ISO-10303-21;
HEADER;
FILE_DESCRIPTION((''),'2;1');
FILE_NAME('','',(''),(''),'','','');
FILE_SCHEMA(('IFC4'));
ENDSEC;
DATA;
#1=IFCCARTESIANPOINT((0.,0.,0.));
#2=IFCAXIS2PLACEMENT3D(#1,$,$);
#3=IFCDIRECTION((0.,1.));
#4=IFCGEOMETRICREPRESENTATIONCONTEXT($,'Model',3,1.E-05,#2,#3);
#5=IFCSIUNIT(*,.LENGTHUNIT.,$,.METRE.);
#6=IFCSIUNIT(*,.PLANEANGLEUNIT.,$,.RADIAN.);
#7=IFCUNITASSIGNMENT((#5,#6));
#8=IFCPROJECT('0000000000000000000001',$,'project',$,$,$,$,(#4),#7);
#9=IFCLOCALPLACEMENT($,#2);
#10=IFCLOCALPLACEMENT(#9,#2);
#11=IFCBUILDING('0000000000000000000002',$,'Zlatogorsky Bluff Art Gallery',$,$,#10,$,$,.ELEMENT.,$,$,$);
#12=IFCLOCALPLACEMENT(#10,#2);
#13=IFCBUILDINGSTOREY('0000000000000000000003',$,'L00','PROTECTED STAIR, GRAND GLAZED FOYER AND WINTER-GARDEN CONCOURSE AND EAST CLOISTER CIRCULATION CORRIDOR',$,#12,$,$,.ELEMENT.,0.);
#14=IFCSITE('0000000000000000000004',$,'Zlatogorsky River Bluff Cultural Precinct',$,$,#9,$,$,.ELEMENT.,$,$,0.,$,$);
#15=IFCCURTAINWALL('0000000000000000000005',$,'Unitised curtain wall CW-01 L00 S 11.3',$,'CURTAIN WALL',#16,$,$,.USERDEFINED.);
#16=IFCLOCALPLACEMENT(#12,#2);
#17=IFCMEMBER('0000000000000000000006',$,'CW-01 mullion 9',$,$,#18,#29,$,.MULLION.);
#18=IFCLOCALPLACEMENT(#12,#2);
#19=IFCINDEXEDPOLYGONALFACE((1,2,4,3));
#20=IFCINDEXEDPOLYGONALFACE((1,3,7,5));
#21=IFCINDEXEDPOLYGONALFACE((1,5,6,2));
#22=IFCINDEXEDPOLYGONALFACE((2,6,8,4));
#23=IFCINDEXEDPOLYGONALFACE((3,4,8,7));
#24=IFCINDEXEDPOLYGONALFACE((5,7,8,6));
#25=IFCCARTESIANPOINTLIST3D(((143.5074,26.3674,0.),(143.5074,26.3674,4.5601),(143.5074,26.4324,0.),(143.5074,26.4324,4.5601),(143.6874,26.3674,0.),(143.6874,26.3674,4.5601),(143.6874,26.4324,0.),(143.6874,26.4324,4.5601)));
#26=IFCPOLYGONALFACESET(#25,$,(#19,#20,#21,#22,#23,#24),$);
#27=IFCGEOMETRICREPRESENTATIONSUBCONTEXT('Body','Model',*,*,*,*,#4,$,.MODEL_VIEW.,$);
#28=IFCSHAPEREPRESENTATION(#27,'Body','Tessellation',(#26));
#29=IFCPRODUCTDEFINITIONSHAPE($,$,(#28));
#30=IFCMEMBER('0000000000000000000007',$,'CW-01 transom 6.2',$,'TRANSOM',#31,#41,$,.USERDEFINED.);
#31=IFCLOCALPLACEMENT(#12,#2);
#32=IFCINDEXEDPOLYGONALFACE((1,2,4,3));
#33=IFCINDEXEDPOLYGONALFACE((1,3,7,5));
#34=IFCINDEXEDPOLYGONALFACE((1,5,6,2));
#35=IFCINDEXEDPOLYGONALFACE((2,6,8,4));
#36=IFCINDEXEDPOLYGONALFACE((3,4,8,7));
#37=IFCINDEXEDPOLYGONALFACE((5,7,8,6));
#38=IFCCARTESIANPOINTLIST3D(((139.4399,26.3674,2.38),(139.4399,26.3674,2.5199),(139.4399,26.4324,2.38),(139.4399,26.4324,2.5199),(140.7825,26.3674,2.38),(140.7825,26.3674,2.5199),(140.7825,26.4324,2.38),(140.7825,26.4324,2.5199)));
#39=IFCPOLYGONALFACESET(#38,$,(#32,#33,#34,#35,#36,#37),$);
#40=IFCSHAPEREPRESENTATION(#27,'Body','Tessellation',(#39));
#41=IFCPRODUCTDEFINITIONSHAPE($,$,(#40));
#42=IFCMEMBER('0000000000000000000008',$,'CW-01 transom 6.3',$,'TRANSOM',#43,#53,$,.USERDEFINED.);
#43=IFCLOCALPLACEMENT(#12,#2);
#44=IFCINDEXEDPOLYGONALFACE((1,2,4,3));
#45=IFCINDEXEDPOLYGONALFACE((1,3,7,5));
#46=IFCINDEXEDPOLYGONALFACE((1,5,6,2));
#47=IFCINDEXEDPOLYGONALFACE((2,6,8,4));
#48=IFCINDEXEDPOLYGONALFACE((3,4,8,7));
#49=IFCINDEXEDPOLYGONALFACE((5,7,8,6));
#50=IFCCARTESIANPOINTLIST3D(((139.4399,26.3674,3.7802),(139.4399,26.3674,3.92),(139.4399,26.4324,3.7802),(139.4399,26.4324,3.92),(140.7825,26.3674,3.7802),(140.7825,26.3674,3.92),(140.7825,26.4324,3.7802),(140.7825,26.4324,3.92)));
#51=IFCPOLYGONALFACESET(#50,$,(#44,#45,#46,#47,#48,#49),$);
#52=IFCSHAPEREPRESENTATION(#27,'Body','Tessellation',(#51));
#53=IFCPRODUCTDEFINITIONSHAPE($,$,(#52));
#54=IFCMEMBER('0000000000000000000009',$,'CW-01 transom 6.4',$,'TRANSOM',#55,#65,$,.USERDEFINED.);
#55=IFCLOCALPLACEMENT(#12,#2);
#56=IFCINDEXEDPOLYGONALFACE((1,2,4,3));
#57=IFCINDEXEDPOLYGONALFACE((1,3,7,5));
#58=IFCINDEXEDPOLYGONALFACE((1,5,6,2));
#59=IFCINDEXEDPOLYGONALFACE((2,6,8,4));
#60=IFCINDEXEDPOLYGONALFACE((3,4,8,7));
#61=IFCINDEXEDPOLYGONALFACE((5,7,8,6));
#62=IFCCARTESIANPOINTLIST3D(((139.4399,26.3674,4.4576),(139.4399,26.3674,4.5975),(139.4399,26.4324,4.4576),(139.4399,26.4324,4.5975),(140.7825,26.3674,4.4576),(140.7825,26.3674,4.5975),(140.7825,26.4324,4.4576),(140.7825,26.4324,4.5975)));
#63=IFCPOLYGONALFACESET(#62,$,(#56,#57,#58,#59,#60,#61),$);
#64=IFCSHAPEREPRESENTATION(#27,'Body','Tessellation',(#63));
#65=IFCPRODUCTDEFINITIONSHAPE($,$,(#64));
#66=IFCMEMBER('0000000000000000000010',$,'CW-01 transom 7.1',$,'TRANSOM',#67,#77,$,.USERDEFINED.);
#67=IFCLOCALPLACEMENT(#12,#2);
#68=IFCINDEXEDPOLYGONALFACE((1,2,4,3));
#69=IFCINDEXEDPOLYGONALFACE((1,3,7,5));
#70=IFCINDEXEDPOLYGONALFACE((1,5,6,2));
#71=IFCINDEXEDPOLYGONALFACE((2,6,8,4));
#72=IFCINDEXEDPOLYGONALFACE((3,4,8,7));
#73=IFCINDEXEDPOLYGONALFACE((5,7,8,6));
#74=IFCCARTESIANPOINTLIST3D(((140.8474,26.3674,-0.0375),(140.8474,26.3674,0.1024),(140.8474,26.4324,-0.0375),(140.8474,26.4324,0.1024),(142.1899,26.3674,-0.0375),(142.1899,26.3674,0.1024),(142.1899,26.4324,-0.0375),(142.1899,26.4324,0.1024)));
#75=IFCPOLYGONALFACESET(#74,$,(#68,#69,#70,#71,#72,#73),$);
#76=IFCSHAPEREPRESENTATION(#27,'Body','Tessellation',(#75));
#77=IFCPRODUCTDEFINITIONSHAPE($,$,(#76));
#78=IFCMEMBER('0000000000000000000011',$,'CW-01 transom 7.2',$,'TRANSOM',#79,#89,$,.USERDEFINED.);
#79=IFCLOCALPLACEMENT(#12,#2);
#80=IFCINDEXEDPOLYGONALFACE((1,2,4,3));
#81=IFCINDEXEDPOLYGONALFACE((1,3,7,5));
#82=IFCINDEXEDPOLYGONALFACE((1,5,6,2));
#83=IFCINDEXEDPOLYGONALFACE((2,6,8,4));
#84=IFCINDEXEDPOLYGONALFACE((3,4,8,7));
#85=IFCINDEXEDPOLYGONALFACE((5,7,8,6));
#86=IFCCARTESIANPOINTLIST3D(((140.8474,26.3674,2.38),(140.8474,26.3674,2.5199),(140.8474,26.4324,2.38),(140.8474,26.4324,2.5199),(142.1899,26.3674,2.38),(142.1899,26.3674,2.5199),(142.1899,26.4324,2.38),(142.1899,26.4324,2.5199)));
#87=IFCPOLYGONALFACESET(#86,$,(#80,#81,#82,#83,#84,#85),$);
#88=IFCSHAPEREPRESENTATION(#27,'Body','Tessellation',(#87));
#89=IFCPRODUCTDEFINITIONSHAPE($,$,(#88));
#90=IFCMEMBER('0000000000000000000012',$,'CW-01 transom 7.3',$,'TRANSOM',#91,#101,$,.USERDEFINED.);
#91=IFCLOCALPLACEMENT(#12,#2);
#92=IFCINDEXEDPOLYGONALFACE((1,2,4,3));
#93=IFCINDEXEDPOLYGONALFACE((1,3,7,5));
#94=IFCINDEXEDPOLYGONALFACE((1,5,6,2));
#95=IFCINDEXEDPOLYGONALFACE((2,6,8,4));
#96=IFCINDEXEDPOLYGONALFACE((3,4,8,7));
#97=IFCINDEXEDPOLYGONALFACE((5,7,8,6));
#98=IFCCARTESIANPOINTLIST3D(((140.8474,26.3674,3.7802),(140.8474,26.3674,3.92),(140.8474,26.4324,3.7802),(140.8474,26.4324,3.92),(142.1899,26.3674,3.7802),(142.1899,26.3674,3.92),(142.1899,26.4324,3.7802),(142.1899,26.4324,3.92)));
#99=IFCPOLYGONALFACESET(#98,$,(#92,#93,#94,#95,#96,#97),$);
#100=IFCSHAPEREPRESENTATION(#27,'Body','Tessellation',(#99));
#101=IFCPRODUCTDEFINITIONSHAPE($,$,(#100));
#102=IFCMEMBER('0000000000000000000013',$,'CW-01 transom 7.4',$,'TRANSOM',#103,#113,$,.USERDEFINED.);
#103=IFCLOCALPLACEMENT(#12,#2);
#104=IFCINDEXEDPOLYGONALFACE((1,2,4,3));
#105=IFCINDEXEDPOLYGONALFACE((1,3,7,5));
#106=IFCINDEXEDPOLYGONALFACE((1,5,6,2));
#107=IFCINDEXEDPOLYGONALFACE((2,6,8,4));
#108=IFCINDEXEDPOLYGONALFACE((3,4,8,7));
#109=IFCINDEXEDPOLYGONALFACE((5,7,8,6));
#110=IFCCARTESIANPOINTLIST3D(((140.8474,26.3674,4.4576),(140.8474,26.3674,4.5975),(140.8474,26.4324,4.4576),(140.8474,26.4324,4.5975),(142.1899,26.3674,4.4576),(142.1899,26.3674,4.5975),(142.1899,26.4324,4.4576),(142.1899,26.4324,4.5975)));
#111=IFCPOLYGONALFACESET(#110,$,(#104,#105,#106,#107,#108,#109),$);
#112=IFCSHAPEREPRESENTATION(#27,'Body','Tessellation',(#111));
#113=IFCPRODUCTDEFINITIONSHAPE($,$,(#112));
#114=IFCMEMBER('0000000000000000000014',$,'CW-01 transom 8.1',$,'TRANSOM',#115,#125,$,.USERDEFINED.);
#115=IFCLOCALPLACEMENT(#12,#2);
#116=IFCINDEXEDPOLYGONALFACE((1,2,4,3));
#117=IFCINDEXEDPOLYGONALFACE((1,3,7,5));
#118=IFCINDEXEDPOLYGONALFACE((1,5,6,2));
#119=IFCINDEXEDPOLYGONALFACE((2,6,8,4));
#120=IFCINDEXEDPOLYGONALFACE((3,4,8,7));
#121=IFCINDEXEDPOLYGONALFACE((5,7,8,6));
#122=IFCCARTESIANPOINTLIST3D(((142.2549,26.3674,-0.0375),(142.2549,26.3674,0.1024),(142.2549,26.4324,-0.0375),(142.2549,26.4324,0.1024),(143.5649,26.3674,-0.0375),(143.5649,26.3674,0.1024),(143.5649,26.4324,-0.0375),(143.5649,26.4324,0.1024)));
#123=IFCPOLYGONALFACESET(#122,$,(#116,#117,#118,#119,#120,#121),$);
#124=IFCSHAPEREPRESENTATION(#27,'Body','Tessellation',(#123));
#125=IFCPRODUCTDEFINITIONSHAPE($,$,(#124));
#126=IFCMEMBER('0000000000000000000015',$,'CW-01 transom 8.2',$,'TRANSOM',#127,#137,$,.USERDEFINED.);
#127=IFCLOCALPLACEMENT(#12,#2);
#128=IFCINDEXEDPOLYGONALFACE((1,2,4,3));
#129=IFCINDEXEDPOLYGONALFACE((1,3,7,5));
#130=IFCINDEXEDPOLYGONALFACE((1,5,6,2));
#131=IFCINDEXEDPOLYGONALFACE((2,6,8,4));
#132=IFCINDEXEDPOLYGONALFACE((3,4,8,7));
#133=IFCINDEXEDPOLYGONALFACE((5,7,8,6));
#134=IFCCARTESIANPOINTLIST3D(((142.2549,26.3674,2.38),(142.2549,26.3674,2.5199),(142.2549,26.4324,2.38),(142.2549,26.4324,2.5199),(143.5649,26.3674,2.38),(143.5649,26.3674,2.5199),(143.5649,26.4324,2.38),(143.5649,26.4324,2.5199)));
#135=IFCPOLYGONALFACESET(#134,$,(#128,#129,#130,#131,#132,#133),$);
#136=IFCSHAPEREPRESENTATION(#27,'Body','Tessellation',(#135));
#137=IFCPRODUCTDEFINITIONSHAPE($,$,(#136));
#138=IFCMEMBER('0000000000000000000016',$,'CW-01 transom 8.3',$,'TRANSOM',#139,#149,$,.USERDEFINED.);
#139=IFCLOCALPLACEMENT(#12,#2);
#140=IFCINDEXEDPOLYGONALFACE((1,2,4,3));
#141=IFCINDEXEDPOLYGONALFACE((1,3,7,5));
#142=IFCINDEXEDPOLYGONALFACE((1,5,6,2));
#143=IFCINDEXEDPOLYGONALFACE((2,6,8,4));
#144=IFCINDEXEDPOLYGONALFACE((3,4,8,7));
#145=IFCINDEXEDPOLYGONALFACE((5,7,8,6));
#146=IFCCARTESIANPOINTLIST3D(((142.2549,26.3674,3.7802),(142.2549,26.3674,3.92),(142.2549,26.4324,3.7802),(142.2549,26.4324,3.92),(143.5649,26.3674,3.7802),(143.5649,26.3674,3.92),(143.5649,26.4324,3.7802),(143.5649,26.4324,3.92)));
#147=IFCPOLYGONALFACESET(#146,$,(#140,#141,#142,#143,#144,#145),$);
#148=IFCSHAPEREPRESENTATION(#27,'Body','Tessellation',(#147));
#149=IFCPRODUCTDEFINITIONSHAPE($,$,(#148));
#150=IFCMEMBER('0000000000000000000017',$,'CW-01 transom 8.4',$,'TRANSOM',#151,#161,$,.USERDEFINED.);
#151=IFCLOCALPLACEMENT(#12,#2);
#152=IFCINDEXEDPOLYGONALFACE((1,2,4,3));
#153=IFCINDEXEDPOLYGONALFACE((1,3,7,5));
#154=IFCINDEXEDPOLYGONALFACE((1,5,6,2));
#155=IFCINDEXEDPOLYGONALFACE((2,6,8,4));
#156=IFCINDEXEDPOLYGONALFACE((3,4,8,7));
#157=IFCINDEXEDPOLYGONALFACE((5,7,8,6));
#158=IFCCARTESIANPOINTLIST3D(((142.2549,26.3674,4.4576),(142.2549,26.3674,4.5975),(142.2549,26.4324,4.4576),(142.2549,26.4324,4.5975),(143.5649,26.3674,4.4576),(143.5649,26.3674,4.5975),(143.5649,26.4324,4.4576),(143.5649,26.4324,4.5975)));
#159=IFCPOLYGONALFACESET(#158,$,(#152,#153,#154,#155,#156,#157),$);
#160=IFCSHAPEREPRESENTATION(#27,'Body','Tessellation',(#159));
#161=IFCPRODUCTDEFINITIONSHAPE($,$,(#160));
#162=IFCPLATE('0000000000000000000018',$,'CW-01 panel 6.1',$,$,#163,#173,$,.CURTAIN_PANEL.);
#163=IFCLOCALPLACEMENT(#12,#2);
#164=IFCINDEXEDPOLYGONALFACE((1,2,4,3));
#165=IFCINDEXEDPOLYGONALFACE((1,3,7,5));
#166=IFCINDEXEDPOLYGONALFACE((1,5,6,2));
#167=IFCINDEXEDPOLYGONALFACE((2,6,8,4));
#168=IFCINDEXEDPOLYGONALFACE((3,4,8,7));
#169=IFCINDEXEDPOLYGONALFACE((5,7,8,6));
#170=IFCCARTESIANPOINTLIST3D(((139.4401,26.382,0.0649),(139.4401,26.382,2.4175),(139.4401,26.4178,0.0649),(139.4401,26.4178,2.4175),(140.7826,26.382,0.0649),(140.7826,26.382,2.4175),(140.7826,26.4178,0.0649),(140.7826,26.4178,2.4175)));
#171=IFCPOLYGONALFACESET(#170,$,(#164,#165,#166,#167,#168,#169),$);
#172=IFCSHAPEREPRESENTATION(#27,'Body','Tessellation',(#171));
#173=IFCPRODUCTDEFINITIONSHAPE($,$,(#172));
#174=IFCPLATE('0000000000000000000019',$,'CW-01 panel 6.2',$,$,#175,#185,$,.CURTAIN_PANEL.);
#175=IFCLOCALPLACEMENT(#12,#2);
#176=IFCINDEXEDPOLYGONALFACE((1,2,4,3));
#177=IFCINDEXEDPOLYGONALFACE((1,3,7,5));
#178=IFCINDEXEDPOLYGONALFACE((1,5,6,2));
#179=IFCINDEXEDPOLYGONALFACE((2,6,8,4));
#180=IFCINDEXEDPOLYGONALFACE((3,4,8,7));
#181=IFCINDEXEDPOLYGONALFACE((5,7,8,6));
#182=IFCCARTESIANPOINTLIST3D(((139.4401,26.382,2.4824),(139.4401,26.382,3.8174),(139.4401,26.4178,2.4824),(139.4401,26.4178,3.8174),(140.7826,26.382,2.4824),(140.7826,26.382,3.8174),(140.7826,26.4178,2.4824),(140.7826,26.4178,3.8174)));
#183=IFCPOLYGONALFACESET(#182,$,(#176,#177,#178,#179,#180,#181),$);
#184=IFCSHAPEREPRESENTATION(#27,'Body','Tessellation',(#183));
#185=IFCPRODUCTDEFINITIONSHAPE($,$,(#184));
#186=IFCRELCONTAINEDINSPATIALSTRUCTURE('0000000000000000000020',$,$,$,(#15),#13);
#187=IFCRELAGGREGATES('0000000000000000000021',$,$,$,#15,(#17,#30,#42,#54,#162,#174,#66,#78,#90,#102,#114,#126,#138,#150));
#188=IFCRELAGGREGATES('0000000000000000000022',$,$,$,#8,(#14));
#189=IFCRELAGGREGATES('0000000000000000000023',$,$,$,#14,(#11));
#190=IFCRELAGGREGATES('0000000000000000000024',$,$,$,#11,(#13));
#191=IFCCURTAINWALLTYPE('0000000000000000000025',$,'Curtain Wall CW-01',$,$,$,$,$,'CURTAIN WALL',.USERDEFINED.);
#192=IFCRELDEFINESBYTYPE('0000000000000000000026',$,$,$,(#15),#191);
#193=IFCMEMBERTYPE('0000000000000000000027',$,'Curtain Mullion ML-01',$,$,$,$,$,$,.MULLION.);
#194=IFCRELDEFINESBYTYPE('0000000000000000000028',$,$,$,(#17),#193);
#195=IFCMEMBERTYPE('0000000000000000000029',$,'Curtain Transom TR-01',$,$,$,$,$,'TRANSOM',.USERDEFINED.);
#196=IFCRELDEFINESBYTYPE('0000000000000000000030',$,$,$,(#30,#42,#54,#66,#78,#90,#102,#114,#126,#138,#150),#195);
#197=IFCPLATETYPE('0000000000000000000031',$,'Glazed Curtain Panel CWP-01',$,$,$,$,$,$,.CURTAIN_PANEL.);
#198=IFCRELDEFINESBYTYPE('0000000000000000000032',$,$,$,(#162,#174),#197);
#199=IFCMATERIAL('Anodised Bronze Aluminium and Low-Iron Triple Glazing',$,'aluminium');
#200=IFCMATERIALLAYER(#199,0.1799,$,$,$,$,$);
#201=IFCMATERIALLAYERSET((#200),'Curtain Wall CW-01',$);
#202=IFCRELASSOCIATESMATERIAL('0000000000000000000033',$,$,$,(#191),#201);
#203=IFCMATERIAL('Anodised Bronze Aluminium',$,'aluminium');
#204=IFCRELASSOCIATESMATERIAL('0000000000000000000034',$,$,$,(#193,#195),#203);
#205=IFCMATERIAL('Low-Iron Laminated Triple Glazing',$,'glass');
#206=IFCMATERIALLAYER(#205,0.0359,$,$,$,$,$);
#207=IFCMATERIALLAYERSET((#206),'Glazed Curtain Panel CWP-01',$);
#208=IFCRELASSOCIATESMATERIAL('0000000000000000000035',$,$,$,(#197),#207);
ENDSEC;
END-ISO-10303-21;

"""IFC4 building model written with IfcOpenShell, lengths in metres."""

from ifc_helpers import new_model, si_unit, direction, frame, origin, origin_2d, place, context, subcontext, project, spatial, rectangle, extrude, material, layer, layer_set, material_profile, profile_set, type_object, element, aggregate, save


model = new_model("IFC4")

# Units and contexts
model_context = context("Model", 3, precision=1e-05, world=origin(), true_north=direction((0.0, 1.0)))
body_context = subcontext(model_context, "Body", "Model", "MODEL_VIEW")
ifc_project = project(units=[si_unit("LENGTHUNIT", "METRE"), si_unit("PLANEANGLEUNIT", "RADIAN")], contexts=[model_context])

# Site, building, storey
site_placement = place(None, origin())
site = spatial("IfcSite", under=ifc_project, at=site_placement, Name="Zlatogorsky River Bluff Cultural Precinct", CompositionType="ELEMENT", RefElevation=0.0)
building_placement = place(site_placement, origin())
building = spatial("IfcBuilding", under=site, at=building_placement, Name="Zlatogorsky Bluff Art Gallery", CompositionType="ELEMENT")
storey_placement = place(building_placement, origin())
storey = spatial("IfcBuildingStorey", under=building, at=storey_placement, Name="L00", Description="PROTECTED STAIR, GRAND GLAZED FOYER AND WINTER-GARDEN CONCOURSE AND EAST CLOISTER CIRCULATION CORRIDOR", CompositionType="ELEMENT", Elevation=0.0)

# Curtain wall, members, plates
ifc_material_1 = material(Name="Anodised Bronze Aluminium and Low-Iron Triple Glazing", Category="aluminium")
ifc_layer_1 = layer(ifc_material_1, 0.1799)
ifc_layer_set_1 = layer_set([ifc_layer_1], Name="Curtain Wall CW-01")
curtain_wall_type = type_object("IfcCurtainWallType", Name="Curtain Wall CW-01", ElementType="CURTAIN WALL", PredefinedType="USERDEFINED", material=ifc_layer_set_1)
curtain_wall_placement = place(storey_placement, origin())
curtain_wall = element("IfcCurtainWall", 1, at=curtain_wall_placement, inside=storey, type_object=curtain_wall_type, Name="Unitised curtain wall CW-01 L00 S 11.3", ObjectType="CURTAIN WALL", PredefinedType="USERDEFINED")
ifc_material_2 = material(Name="Anodised Bronze Aluminium", Category="aluminium")
ifc_material_profile_1 = material_profile(ifc_material_2, rectangle(XDim=0.0649, YDim=0.1799, at=origin_2d()), Name="ALU MULLION 65x180")
ifc_profile_set_1 = profile_set([ifc_material_profile_1], Name="Anodised Bronze Aluminium")
member_type_1 = type_object("IfcMemberType", Name="Curtain Mullion ML-01", PredefinedType="MULLION", material=ifc_profile_set_1)
member_1_placement = place(storey_placement, frame((143.5974, 26.3999, 0.0), z_axis=(0.0, 0.0, 1.0), x_axis=(0.0, 1.0, 0.0)))
member_1 = element("IfcMember", 2, at=member_1_placement, type_object=member_type_1, Name="CW-01 mullion 9", PredefinedType="MULLION", context=body_context, shape_type="SweptSolid", body=[
    extrude(rectangle(XDim=0.0649, YDim=0.1799, at=origin_2d()), origin(), (0.0, 0.0, 1.0), 4.5601),
])
ifc_material_profile_2 = material_profile(ifc_material_2, rectangle(XDim=0.0649, YDim=0.1399, at=origin_2d()), Name="ALU TRANSOM 65x140")
ifc_profile_set_2 = profile_set([ifc_material_profile_2], Name="Anodised Bronze Aluminium")
member_type_2 = type_object("IfcMemberType", Name="Curtain Transom TR-01", ElementType="TRANSOM", PredefinedType="USERDEFINED", material=ifc_profile_set_2)
member_2_placement = place(storey_placement, frame((139.4399, 26.3999, 2.45), z_axis=(1.0, 0.0, 0.0), x_axis=(0.0, 1.0, 0.0)))
member_2 = element("IfcMember", 3, at=member_2_placement, type_object=member_type_2, Name="CW-01 transom 6.2", ObjectType="TRANSOM", PredefinedType="USERDEFINED", context=body_context, shape_type="SweptSolid", body=[
    extrude(rectangle(XDim=0.0649, YDim=0.1399, at=origin_2d()), origin(), (0.0, 0.0, 1.0), 1.3425),
])
member_3_placement = place(storey_placement, frame((139.4399, 26.3999, 3.8501), z_axis=(1.0, 0.0, 0.0), x_axis=(0.0, 1.0, 0.0)))
member_3 = element("IfcMember", 4, at=member_3_placement, type_object=member_type_2, Name="CW-01 transom 6.3", ObjectType="TRANSOM", PredefinedType="USERDEFINED", context=body_context, shape_type="SweptSolid", body=[
    extrude(rectangle(XDim=0.0649, YDim=0.1399, at=origin_2d()), origin(), (0.0, 0.0, 1.0), 1.3425),
])
member_4_placement = place(storey_placement, frame((139.4399, 26.3999, 4.5276), z_axis=(1.0, 0.0, 0.0), x_axis=(0.0, 1.0, 0.0)))
member_4 = element("IfcMember", 5, at=member_4_placement, type_object=member_type_2, Name="CW-01 transom 6.4", ObjectType="TRANSOM", PredefinedType="USERDEFINED", context=body_context, shape_type="SweptSolid", body=[
    extrude(rectangle(XDim=0.0649, YDim=0.1399, at=origin_2d()), origin(), (0.0, 0.0, 1.0), 1.3425),
])
member_5_placement = place(storey_placement, frame((140.8474, 26.3999, 0.0325), z_axis=(1.0, 0.0, 0.0), x_axis=(0.0, 1.0, 0.0)))
member_5 = element("IfcMember", 6, at=member_5_placement, type_object=member_type_2, Name="CW-01 transom 7.1", ObjectType="TRANSOM", PredefinedType="USERDEFINED", context=body_context, shape_type="SweptSolid", body=[
    extrude(rectangle(XDim=0.0649, YDim=0.1399, at=origin_2d()), origin(), (0.0, 0.0, 1.0), 1.3425),
])
member_6_placement = place(storey_placement, frame((140.8474, 26.3999, 2.45), z_axis=(1.0, 0.0, 0.0), x_axis=(0.0, 1.0, 0.0)))
member_6 = element("IfcMember", 7, at=member_6_placement, type_object=member_type_2, Name="CW-01 transom 7.2", ObjectType="TRANSOM", PredefinedType="USERDEFINED", context=body_context, shape_type="SweptSolid", body=[
    extrude(rectangle(XDim=0.0649, YDim=0.1399, at=origin_2d()), origin(), (0.0, 0.0, 1.0), 1.3425),
])
member_7_placement = place(storey_placement, frame((140.8474, 26.3999, 3.8501), z_axis=(1.0, 0.0, 0.0), x_axis=(0.0, 1.0, 0.0)))
member_7 = element("IfcMember", 8, at=member_7_placement, type_object=member_type_2, Name="CW-01 transom 7.3", ObjectType="TRANSOM", PredefinedType="USERDEFINED", context=body_context, shape_type="SweptSolid", body=[
    extrude(rectangle(XDim=0.0649, YDim=0.1399, at=origin_2d()), origin(), (0.0, 0.0, 1.0), 1.3425),
])
member_8_placement = place(storey_placement, frame((140.8474, 26.3999, 4.5276), z_axis=(1.0, 0.0, 0.0), x_axis=(0.0, 1.0, 0.0)))
member_8 = element("IfcMember", 9, at=member_8_placement, type_object=member_type_2, Name="CW-01 transom 7.4", ObjectType="TRANSOM", PredefinedType="USERDEFINED", context=body_context, shape_type="SweptSolid", body=[
    extrude(rectangle(XDim=0.0649, YDim=0.1399, at=origin_2d()), origin(), (0.0, 0.0, 1.0), 1.3425),
])
member_9_placement = place(storey_placement, frame((142.2549, 26.3999, 0.0325), z_axis=(1.0, 0.0, 0.0), x_axis=(0.0, 1.0, 0.0)))
member_9 = element("IfcMember", 10, at=member_9_placement, type_object=member_type_2, Name="CW-01 transom 8.1", ObjectType="TRANSOM", PredefinedType="USERDEFINED", context=body_context, shape_type="SweptSolid", body=[
    extrude(rectangle(XDim=0.0649, YDim=0.1399, at=origin_2d()), origin(), (0.0, 0.0, 1.0), 1.3101),
])
member_10_placement = place(storey_placement, frame((142.2549, 26.3999, 2.45), z_axis=(1.0, 0.0, 0.0), x_axis=(0.0, 1.0, 0.0)))
member_10 = element("IfcMember", 11, at=member_10_placement, type_object=member_type_2, Name="CW-01 transom 8.2", ObjectType="TRANSOM", PredefinedType="USERDEFINED", context=body_context, shape_type="SweptSolid", body=[
    extrude(rectangle(XDim=0.0649, YDim=0.1399, at=origin_2d()), origin(), (0.0, 0.0, 1.0), 1.3101),
])
member_11_placement = place(storey_placement, frame((142.2549, 26.3999, 3.8501), z_axis=(1.0, 0.0, 0.0), x_axis=(0.0, 1.0, 0.0)))
member_11 = element("IfcMember", 12, at=member_11_placement, type_object=member_type_2, Name="CW-01 transom 8.3", ObjectType="TRANSOM", PredefinedType="USERDEFINED", context=body_context, shape_type="SweptSolid", body=[
    extrude(rectangle(XDim=0.0649, YDim=0.1399, at=origin_2d()), origin(), (0.0, 0.0, 1.0), 1.3101),
])
member_12_placement = place(storey_placement, frame((142.2549, 26.3999, 4.5276), z_axis=(1.0, 0.0, 0.0), x_axis=(0.0, 1.0, 0.0)))
member_12 = element("IfcMember", 13, at=member_12_placement, type_object=member_type_2, Name="CW-01 transom 8.4", ObjectType="TRANSOM", PredefinedType="USERDEFINED", context=body_context, shape_type="SweptSolid", body=[
    extrude(rectangle(XDim=0.0649, YDim=0.1399, at=origin_2d()), origin(), (0.0, 0.0, 1.0), 1.3101),
])
ifc_material_3 = material(Name="Low-Iron Laminated Triple Glazing", Category="glass")
ifc_layer_2 = layer(ifc_material_3, 0.0359)
ifc_layer_set_2 = layer_set([ifc_layer_2], Name="Glazed Curtain Panel CWP-01")
plate_type = type_object("IfcPlateType", Name="Glazed Curtain Panel CWP-01", PredefinedType="CURTAIN_PANEL", material=ifc_layer_set_2)
plate_1_placement = place(storey_placement, frame((140.1113, 26.3999, 0.0649), z_axis=(0.0, 0.0, 1.0), x_axis=(1.0, 0.0, 0.0)))
plate_1 = element("IfcPlate", 14, at=plate_1_placement, type_object=plate_type, Name="CW-01 panel 6.1", PredefinedType="CURTAIN_PANEL", context=body_context, shape_type="SweptSolid", body=[
    extrude(rectangle(XDim=1.3425, YDim=0.0359, at=origin_2d()), origin(), (0.0, 0.0, 1.0), 2.3525),
])
plate_2_placement = place(storey_placement, frame((140.1113, 26.3999, 2.4824), z_axis=(0.0, 0.0, 1.0), x_axis=(1.0, 0.0, 0.0)))
plate_2 = element("IfcPlate", 15, at=plate_2_placement, type_object=plate_type, Name="CW-01 panel 6.2", PredefinedType="CURTAIN_PANEL", context=body_context, shape_type="SweptSolid", body=[
    extrude(rectangle(XDim=1.3425, YDim=0.0359, at=origin_2d()), origin(), (0.0, 0.0, 1.0), 1.335),
])
aggregate(curtain_wall, [member_1, member_2, member_3, member_4, plate_1, plate_2, member_5, member_6, member_7, member_8, member_9, member_10, member_11, member_12])

save(model, "model.ifc")
